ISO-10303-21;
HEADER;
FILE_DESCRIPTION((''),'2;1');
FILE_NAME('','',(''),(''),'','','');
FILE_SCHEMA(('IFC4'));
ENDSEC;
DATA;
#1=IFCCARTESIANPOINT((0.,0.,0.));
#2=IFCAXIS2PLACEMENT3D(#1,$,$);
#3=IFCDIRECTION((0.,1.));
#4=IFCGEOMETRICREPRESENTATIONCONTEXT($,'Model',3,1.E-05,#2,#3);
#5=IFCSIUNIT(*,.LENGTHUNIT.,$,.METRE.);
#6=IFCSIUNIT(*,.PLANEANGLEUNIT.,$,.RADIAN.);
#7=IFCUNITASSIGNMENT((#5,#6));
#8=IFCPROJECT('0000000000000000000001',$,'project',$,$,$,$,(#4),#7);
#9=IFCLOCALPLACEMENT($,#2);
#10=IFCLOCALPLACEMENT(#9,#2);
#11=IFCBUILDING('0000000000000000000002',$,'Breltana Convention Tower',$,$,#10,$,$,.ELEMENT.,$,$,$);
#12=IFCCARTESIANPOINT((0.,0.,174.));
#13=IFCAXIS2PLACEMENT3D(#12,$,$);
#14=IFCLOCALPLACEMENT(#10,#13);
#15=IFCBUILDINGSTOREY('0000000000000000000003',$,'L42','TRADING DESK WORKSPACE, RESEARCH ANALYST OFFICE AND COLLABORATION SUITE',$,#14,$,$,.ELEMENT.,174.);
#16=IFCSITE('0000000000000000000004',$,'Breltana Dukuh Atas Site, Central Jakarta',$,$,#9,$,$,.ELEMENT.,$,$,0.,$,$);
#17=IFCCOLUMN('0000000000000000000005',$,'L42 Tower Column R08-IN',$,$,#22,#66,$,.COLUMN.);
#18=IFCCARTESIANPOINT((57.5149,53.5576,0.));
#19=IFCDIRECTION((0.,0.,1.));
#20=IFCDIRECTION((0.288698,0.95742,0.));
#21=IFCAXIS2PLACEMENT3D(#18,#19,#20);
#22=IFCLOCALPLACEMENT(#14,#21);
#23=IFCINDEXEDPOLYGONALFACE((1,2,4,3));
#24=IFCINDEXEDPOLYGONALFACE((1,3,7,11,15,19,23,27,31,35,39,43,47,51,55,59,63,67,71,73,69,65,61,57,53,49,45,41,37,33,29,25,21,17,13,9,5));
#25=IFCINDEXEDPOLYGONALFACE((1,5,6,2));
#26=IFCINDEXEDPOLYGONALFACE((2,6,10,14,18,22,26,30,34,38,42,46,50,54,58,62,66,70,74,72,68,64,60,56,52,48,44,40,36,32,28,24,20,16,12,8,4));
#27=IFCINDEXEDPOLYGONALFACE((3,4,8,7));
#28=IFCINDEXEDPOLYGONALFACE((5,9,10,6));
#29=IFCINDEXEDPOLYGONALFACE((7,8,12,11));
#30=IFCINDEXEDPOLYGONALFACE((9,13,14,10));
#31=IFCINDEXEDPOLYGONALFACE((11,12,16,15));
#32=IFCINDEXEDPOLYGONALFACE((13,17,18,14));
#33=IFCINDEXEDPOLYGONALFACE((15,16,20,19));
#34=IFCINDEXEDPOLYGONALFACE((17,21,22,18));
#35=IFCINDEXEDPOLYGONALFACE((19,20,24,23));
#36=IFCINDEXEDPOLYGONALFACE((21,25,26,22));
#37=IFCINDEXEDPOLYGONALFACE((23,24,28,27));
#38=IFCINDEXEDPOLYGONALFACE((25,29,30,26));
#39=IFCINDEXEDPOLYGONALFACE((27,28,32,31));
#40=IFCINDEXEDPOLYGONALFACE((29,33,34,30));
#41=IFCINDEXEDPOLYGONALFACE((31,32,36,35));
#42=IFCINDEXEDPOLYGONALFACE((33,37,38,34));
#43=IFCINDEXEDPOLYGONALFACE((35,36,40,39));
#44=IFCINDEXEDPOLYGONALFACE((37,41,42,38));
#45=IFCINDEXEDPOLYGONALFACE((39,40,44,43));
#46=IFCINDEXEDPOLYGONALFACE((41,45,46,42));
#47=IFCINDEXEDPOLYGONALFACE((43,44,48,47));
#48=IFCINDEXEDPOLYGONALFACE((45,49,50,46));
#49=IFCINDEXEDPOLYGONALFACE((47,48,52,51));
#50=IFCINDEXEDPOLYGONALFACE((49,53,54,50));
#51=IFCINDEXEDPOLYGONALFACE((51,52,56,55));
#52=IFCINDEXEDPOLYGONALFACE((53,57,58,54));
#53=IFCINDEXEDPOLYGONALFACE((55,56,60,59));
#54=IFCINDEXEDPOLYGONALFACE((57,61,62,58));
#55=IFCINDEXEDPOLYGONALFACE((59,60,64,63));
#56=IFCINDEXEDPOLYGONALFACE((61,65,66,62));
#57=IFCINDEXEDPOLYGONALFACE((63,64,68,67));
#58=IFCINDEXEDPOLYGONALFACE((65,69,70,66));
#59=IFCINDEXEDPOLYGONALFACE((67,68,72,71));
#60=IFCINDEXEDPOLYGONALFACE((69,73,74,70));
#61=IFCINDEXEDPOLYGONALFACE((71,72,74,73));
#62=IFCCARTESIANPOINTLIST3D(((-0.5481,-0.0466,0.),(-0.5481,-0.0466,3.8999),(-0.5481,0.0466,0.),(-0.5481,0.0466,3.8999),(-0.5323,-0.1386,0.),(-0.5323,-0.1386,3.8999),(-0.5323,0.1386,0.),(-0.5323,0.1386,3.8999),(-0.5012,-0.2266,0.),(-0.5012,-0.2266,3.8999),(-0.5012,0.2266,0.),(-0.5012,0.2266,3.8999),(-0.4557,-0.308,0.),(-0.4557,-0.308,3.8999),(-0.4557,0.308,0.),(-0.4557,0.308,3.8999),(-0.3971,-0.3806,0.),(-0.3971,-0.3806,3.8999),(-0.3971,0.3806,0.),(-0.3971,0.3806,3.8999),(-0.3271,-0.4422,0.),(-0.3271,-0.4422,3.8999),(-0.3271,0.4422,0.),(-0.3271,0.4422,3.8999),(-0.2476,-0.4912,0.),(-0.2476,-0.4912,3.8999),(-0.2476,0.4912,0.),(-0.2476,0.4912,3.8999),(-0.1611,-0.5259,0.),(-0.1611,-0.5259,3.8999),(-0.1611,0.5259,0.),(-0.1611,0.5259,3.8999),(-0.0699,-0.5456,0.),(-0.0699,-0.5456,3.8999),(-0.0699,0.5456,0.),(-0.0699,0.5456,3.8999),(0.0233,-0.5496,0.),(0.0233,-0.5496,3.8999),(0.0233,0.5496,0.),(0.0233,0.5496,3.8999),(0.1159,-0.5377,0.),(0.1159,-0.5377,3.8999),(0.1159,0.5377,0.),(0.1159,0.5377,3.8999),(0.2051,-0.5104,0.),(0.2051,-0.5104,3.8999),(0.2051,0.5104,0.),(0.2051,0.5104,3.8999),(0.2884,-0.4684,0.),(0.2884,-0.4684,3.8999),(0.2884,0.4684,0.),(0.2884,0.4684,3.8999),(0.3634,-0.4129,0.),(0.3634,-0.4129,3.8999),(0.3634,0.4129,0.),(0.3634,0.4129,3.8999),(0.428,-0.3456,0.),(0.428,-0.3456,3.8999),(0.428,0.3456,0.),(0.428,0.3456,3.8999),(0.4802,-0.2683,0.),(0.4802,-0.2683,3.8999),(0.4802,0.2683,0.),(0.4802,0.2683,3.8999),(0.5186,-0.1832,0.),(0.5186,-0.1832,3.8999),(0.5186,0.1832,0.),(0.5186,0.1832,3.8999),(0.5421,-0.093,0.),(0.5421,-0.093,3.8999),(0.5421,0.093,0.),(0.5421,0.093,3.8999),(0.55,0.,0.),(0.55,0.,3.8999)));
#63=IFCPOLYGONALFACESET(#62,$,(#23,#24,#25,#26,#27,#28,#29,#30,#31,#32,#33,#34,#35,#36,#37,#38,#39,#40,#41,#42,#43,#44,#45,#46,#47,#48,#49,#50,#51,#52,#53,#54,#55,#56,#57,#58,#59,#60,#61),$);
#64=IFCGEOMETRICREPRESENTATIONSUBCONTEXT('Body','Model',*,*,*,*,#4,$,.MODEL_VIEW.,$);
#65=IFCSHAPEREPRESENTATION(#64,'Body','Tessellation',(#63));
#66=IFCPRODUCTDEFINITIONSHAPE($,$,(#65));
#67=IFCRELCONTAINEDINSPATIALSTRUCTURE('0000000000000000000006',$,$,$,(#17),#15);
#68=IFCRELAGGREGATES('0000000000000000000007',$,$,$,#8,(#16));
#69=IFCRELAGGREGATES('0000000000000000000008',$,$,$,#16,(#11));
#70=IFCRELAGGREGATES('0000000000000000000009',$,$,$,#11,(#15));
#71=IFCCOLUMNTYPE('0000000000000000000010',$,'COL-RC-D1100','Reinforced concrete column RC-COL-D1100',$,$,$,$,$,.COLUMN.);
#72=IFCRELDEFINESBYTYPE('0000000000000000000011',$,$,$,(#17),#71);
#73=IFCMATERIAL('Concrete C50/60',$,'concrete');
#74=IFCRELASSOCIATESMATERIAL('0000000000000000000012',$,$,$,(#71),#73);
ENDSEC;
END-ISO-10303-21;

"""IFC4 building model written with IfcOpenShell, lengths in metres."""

from ifc_helpers import new_model, si_unit, direction, frame, origin, origin_2d, place, context, subcontext, project, spatial, circle, extrude, source, transform, mapped, material, material_profile, profile_set, type_object, element, save


model = new_model("IFC4")

# Units and contexts
model_context = context("Model", 3, precision=1e-05, world=origin(), true_north=direction((0.0, 1.0)))
body_context = subcontext(model_context, "Body", "Model", "MODEL_VIEW")
ifc_project = project(units=[si_unit("LENGTHUNIT", "METRE"), si_unit("PLANEANGLEUNIT", "RADIAN")], contexts=[model_context])

# Site, building, storey
site_placement = place(None, origin())
site = spatial("IfcSite", under=ifc_project, at=site_placement, Name="Breltana Dukuh Atas Site, Central Jakarta", CompositionType="ELEMENT", RefElevation=0.0)
building_placement = place(site_placement, origin())
building = spatial("IfcBuilding", under=site, at=building_placement, Name="Breltana Convention Tower", CompositionType="ELEMENT")
storey_placement = place(building_placement, frame((0.0, 0.0, 174.0)))
storey = spatial("IfcBuildingStorey", under=building, at=storey_placement, Name="L42", Description="TRADING DESK WORKSPACE, RESEARCH ANALYST OFFICE AND COLLABORATION SUITE", CompositionType="ELEMENT", Elevation=174.0)

# Column
ifc_material_1 = material(Name="Concrete C50/60", Category="concrete")
ifc_material_profile_1 = material_profile(ifc_material_1, circle(Radius=0.55, at=origin_2d()), Name="RC-COL-D1100")
ifc_profile_set_1 = profile_set([ifc_material_profile_1], Name="Concrete C50/60")
column_type = type_object("IfcColumnType", Name="COL-RC-D1100", Description="Reinforced concrete column RC-COL-D1100", PredefinedType="COLUMN", material=ifc_profile_set_1)
shared_shape_1 = source(origin(), body_context, "Body", "SweptSolid", [
    extrude(circle(Radius=0.55, at=origin_2d()), origin(), (0.0, 0.0, 1.0), 3.8999),
])
for number, where, z_axis, x_axis, name in (
    (1, (57.5149, 53.5576, 0.0), (0.0, 0.0, 1.0), (0.288698, 0.95742, 0.0), "L42 Tower Column R08-IN"),
):
    element("IfcColumn", number, at=place(storey_placement, frame(where, z_axis=z_axis, x_axis=x_axis)), inside=storey, type_object=column_type, Name=name, PredefinedType="COLUMN", context=body_context, shape_type="MappedRepresentation", body=[
        mapped(shared_shape_1, transform((0.0, 0.0, 0.0), scale=1.0)),
    ])

save(model, "model.ifc")
